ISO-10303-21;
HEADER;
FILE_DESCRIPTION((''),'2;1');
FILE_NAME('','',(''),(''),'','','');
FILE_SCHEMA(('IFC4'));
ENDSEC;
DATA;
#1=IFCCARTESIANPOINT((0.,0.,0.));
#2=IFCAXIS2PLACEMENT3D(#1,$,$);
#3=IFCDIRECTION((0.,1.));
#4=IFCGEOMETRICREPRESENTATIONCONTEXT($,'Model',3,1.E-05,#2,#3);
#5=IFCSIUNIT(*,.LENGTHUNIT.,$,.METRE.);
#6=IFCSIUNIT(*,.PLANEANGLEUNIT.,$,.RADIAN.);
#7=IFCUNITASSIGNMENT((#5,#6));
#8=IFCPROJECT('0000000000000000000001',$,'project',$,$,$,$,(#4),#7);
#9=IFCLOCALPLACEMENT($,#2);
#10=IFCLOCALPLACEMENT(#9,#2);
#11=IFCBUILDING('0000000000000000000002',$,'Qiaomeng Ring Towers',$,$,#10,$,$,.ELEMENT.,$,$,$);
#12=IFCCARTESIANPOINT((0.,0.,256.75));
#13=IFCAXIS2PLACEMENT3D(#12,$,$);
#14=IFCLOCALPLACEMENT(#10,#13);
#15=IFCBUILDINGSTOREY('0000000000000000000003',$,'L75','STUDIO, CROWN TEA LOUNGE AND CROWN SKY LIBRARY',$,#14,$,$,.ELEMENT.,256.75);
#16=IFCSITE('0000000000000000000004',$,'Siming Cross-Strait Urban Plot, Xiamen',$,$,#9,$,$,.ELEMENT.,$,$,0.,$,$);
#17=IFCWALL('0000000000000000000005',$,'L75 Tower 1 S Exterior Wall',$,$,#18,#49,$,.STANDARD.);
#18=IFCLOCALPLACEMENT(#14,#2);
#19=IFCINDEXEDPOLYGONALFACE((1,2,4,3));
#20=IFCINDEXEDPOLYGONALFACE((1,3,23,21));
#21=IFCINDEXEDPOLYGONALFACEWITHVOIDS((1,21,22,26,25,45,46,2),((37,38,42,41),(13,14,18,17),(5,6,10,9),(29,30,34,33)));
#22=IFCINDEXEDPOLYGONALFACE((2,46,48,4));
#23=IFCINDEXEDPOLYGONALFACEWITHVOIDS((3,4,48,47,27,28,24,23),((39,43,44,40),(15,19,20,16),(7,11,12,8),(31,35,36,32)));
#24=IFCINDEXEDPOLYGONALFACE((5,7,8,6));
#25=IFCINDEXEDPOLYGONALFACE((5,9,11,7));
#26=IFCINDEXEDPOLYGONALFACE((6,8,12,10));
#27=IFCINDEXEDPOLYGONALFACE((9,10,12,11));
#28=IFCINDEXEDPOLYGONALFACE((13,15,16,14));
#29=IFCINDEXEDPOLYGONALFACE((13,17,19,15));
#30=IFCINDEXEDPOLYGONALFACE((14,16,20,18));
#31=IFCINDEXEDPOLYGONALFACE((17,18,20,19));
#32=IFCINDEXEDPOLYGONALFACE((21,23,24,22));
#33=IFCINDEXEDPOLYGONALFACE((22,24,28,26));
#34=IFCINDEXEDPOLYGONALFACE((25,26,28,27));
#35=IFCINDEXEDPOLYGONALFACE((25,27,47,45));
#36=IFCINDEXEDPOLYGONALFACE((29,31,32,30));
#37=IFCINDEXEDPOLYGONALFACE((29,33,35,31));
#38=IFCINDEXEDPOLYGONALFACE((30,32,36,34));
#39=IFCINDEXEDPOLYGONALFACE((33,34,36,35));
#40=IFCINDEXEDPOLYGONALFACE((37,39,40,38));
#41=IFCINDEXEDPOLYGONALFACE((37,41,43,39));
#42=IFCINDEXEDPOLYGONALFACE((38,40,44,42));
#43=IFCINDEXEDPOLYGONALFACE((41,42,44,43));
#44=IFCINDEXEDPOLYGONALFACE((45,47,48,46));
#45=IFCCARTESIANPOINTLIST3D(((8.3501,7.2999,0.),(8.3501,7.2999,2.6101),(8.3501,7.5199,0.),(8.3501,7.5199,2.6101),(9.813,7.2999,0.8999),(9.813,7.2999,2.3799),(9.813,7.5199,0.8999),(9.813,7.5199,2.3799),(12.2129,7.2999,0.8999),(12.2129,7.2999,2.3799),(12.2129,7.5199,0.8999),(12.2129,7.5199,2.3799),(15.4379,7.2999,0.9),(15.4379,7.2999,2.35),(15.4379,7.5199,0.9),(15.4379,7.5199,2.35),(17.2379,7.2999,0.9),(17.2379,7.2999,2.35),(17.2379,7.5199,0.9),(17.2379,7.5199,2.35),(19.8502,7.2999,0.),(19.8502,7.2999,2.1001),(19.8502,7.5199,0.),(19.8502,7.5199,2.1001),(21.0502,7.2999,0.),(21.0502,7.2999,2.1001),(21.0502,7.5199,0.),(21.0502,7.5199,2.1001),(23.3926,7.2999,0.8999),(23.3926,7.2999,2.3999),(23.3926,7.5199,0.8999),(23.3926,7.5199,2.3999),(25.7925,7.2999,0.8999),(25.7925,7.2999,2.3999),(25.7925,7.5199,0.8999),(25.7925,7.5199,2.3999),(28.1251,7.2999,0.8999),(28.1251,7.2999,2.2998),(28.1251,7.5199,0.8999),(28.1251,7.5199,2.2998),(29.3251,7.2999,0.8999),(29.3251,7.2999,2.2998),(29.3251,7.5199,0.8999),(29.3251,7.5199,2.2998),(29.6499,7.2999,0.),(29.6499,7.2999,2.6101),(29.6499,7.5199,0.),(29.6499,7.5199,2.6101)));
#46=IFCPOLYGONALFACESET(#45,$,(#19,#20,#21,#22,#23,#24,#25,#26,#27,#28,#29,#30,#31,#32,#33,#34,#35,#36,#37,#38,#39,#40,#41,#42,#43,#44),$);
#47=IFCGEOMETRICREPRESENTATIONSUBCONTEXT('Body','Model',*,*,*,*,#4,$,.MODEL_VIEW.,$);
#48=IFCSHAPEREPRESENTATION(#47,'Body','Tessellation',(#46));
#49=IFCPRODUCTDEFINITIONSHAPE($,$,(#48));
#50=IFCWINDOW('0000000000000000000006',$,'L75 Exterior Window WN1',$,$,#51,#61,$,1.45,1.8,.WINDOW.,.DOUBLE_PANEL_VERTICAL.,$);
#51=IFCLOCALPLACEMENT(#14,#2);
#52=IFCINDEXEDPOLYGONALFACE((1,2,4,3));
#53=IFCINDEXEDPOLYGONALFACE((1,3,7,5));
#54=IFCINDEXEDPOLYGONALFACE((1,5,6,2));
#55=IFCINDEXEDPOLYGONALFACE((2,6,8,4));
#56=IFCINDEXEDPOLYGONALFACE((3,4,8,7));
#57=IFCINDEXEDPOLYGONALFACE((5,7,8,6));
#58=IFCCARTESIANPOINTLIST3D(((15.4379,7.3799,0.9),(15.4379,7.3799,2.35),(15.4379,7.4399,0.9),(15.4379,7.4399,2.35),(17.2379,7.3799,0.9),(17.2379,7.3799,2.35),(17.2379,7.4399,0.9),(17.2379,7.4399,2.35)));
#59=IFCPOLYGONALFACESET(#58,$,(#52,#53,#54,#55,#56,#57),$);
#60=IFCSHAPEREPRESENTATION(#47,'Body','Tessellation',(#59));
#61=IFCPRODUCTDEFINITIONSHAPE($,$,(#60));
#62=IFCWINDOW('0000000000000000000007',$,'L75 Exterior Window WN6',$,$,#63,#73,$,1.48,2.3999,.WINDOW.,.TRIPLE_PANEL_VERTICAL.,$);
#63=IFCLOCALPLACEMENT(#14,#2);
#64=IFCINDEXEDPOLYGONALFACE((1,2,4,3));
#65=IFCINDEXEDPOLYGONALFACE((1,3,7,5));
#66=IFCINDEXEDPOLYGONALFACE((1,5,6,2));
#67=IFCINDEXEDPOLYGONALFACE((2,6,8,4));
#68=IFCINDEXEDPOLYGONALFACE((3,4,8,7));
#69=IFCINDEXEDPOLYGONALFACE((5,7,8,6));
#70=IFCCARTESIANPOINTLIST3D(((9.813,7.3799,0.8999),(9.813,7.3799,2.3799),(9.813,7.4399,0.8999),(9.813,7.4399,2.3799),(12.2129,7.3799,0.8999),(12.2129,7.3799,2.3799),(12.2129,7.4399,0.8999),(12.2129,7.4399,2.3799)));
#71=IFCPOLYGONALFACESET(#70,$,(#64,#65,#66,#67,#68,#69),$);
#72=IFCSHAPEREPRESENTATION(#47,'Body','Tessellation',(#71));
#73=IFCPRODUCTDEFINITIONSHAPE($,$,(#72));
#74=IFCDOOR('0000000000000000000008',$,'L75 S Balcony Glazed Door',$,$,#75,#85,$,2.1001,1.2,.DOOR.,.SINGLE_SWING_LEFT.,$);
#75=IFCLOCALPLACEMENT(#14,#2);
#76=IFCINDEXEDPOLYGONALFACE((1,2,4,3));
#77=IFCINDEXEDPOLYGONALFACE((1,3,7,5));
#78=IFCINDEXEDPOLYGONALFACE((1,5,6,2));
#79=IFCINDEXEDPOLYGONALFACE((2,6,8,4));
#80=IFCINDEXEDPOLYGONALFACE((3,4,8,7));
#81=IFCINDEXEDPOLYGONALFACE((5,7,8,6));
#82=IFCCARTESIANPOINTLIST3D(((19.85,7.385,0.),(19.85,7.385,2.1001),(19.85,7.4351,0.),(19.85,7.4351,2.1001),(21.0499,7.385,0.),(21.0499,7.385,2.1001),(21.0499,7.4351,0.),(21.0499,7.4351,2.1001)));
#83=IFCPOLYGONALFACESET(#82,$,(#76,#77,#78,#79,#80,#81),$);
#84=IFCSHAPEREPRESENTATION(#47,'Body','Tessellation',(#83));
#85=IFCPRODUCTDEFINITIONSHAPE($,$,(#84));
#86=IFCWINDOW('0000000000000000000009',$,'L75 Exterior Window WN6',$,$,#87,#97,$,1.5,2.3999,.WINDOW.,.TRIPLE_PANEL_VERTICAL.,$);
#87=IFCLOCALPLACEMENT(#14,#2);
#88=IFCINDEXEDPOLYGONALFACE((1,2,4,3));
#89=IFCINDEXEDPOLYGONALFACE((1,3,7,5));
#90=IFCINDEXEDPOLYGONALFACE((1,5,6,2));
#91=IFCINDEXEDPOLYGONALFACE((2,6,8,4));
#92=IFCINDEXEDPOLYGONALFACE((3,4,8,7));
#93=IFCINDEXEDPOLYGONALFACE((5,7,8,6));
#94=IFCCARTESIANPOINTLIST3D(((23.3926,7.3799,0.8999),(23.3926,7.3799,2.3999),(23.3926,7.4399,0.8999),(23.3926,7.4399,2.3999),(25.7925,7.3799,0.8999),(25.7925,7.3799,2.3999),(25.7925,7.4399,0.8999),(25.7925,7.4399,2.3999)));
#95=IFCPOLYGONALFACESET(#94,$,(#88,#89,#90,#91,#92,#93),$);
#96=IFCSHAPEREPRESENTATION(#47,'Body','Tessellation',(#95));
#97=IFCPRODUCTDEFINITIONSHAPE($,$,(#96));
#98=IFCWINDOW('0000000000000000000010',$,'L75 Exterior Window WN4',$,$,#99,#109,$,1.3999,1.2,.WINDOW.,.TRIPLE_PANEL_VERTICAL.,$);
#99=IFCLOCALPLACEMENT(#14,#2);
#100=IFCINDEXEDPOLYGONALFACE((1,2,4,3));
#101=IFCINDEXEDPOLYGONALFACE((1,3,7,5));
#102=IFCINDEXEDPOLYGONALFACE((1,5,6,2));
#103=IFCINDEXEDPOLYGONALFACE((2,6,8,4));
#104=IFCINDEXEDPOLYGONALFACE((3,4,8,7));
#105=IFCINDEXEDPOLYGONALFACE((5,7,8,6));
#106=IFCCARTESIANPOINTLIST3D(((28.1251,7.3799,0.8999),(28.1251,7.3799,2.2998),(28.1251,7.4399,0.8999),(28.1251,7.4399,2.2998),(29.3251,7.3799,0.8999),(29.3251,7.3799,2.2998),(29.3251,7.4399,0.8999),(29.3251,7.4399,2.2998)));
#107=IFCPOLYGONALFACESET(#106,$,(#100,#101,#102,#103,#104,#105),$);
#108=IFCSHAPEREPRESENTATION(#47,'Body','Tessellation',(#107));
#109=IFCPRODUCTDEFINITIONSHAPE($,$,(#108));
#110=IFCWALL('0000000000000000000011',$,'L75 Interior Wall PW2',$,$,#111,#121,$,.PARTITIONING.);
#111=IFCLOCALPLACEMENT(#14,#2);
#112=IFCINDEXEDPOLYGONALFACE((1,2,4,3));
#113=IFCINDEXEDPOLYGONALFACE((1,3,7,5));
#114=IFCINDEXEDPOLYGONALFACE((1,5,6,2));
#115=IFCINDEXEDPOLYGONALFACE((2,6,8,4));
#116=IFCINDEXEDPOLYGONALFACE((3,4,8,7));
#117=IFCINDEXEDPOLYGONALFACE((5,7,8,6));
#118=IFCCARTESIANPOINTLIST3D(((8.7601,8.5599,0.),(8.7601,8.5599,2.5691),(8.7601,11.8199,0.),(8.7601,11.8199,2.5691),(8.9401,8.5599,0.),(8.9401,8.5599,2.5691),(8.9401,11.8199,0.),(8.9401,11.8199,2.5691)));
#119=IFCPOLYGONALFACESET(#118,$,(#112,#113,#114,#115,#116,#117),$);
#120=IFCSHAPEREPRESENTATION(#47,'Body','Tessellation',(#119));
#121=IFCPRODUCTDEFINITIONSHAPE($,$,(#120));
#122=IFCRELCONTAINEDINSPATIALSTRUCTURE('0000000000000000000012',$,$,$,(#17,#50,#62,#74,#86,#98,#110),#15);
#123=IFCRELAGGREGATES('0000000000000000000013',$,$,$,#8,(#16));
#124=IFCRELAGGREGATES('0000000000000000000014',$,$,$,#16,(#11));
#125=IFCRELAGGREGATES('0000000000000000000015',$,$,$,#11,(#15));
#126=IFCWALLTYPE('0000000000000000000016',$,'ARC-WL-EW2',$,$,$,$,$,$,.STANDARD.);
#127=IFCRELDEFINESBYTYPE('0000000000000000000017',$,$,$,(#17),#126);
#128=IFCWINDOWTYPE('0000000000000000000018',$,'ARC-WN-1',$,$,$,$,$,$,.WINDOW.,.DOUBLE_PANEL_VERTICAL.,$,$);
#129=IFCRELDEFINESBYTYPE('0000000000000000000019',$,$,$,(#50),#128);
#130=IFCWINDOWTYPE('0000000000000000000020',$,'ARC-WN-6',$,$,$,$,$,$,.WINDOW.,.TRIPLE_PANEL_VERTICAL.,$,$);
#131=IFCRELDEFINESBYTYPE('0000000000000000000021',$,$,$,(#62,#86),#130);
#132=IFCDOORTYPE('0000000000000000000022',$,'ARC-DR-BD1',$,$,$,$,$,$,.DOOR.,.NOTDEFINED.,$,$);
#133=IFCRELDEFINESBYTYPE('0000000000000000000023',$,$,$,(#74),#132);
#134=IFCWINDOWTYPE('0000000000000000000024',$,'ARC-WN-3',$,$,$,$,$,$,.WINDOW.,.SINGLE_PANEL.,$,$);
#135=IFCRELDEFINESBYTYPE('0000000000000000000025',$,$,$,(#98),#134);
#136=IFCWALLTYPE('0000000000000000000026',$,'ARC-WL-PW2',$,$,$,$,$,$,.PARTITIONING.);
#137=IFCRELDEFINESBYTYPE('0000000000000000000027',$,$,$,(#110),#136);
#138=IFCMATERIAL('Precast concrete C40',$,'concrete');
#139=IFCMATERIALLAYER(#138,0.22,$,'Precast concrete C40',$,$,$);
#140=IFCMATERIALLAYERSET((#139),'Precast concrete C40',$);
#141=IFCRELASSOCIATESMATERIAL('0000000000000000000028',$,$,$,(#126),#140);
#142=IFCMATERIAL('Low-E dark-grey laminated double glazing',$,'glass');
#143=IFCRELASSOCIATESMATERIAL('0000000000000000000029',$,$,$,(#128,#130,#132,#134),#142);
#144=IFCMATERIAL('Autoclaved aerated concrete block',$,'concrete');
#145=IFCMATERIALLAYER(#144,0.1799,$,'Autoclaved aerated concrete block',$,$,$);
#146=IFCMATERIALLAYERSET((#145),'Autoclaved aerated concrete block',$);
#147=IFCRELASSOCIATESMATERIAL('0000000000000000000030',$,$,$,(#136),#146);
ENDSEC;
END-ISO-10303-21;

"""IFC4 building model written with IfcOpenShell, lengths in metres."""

from ifc_helpers import new_model, si_unit, direction, frame, frame_2d, origin, place, context, subcontext, project, spatial, rectangle, extrude, source, transform, mapped, material, layer, layer_set, type_object, element, fill, save


model = new_model("IFC4")

# Units and contexts
model_context = context("Model", 3, precision=1e-05, world=origin(), true_north=direction((0.0, 1.0)))
body_context = subcontext(model_context, "Body", "Model", "MODEL_VIEW")
ifc_project = project(units=[si_unit("LENGTHUNIT", "METRE"), si_unit("PLANEANGLEUNIT", "RADIAN")], contexts=[model_context])

# Site, building, storey
site_placement = place(None, origin())
site = spatial("IfcSite", under=ifc_project, at=site_placement, Name="Siming Cross-Strait Urban Plot, Xiamen", CompositionType="ELEMENT", RefElevation=0.0)
building_placement = place(site_placement, origin())
building = spatial("IfcBuilding", under=site, at=building_placement, Name="Qiaomeng Ring Towers", CompositionType="ELEMENT")
storey_placement = place(building_placement, frame((0.0, 0.0, 256.75)))
storey = spatial("IfcBuildingStorey", under=building, at=storey_placement, Name="L75", Description="STUDIO, CROWN TEA LOUNGE AND CROWN SKY LIBRARY", CompositionType="ELEMENT", Elevation=256.75)

# Shared definitions
ifc_material_1 = material(Name="Low-E dark-grey laminated double glazing", Category="glass")

# Wall, openings, windows, door
ifc_material_2 = material(Name="Precast concrete C40", Category="concrete")
ifc_layer_1 = layer(ifc_material_2, 0.22, Name="Precast concrete C40")
ifc_layer_set_1 = layer_set([ifc_layer_1], Name="Precast concrete C40")
wall_type_1 = type_object("IfcWallType", Name="ARC-WL-EW2", PredefinedType="STANDARD", material=ifc_layer_set_1)
wall_1_placement = place(storey_placement, frame((8.3501, 7.4099, 0.0), z_axis=(0.0, 0.0, 1.0), x_axis=(1.0, 0.0, 0.0)))
wall_1 = element("IfcWall", 1, at=wall_1_placement, inside=storey, type_object=wall_type_1, Name="L75 Tower 1 S Exterior Wall", PredefinedType="STANDARD", context=body_context, shape_type="SweptSolid", body=[
    extrude(rectangle(XDim=21.2998, YDim=0.22, at=frame_2d((10.6499, 0.0))), origin(), (0.0, 0.0, 1.0), 2.6101),
])
opening_1_placement = place(wall_1_placement, frame((11.5, 0.0, 0.0)))
opening_1 = element("IfcOpeningElement", 2, at=opening_1_placement, cuts=wall_1, PredefinedType="OPENING", context=body_context, shape_type="SweptSolid", body=[
    extrude(rectangle(XDim=1.2, YDim=2.1001, at=frame_2d((0.6001, 1.05))), frame((0.0, 0.1199, 0.0), z_axis=(0.0, -1.0, 0.0), x_axis=(1.0, 0.0, 0.0)), (0.0, 0.0, 1.0), 0.24),
])
opening_2_placement = place(wall_1_placement, frame((1.4629, 0.0, 0.8999)))
opening_2 = element("IfcOpeningElement", 3, at=opening_2_placement, cuts=wall_1, PredefinedType="OPENING", context=body_context, shape_type="SweptSolid", body=[
    extrude(rectangle(XDim=2.3999, YDim=1.48, at=frame_2d((1.2, 0.74))), frame((0.0, 0.1199, 0.0), z_axis=(0.0, -1.0, 0.0), x_axis=(1.0, 0.0, 0.0)), (0.0, 0.0, 1.0), 0.24),
])
opening_3_placement = place(wall_1_placement, frame((7.0879, 0.0, 0.8999)))
opening_3 = element("IfcOpeningElement", 4, at=opening_3_placement, cuts=wall_1, PredefinedType="OPENING", context=body_context, shape_type="SweptSolid", body=[
    extrude(rectangle(XDim=1.8, YDim=1.45, at=frame_2d((0.8999, 0.7251))), frame((0.0, 0.1199, 0.0), z_axis=(0.0, -1.0, 0.0), x_axis=(1.0, 0.0, 0.0)), (0.0, 0.0, 1.0), 0.24),
])
opening_4_placement = place(wall_1_placement, frame((19.7749, 0.0, 0.8999)))
opening_4 = element("IfcOpeningElement", 5, at=opening_4_placement, cuts=wall_1, PredefinedType="OPENING", context=body_context, shape_type="SweptSolid", body=[
    extrude(rectangle(XDim=1.2, YDim=1.3999, at=frame_2d((0.6001, 0.7))), frame((0.0, 0.1199, 0.0), z_axis=(0.0, -1.0, 0.0), x_axis=(1.0, 0.0, 0.0)), (0.0, 0.0, 1.0), 0.24),
])
opening_5_placement = place(wall_1_placement, frame((15.0425, 0.0, 0.8999)))
opening_5 = element("IfcOpeningElement", 6, at=opening_5_placement, cuts=wall_1, PredefinedType="OPENING", context=body_context, shape_type="SweptSolid", body=[
    extrude(rectangle(XDim=2.3999, YDim=1.5, at=frame_2d((1.2, 0.75))), frame((0.0, 0.1199, 0.0), z_axis=(0.0, -1.0, 0.0), x_axis=(1.0, 0.0, 0.0)), (0.0, 0.0, 1.0), 0.24),
])
window_type_1 = type_object("IfcWindowType", Name="ARC-WN-1", PartitioningType="DOUBLE_PANEL_VERTICAL", PredefinedType="WINDOW", material=ifc_material_1)
shared_shape_1 = source(origin(), body_context, "Body", "SweptSolid", [
    extrude(rectangle(XDim=1.8, YDim=1.45, at=frame_2d((0.8999, 0.7251))), frame((0.0, 0.03, 0.0), z_axis=(0.0, -1.0, 0.0), x_axis=(1.0, 0.0, 0.0)), (0.0, 0.0, 1.0), 0.0601),
])
window_1_placement = place(opening_3_placement, origin())
window_1 = element("IfcWindow", 7, at=window_1_placement, inside=storey, type_object=window_type_1, Name="L75 Exterior Window WN1", OverallHeight=1.45, OverallWidth=1.8, PartitioningType="DOUBLE_PANEL_VERTICAL", PredefinedType="WINDOW", context=body_context, shape_type="MappedRepresentation", body=[
    mapped(shared_shape_1, transform((0.0, 0.0, 0.0), x_axis=(1.0, 0.0, 0.0), y_axis=(0.0, 1.0, 0.0), z_axis=(0.0, 0.0, 1.0), scale=1.0)),
])
fill(opening_3, window_1)
window_type_2 = type_object("IfcWindowType", Name="ARC-WN-6", PartitioningType="TRIPLE_PANEL_VERTICAL", PredefinedType="WINDOW", material=ifc_material_1)
shared_shape_2 = source(origin(), body_context, "Body", "SweptSolid", [
    extrude(rectangle(XDim=2.3999, YDim=1.48, at=frame_2d((1.2, 0.74))), frame((0.0, 0.03, 0.0), z_axis=(0.0, -1.0, 0.0), x_axis=(1.0, 0.0, 0.0)), (0.0, 0.0, 1.0), 0.0601),
])
window_2_placement = place(opening_2_placement, origin())
window_2 = element("IfcWindow", 8, at=window_2_placement, inside=storey, type_object=window_type_2, Name="L75 Exterior Window WN6", OverallHeight=1.48, OverallWidth=2.3999, PartitioningType="TRIPLE_PANEL_VERTICAL", PredefinedType="WINDOW", context=body_context, shape_type="MappedRepresentation", body=[
    mapped(shared_shape_2, transform((0.0, 0.0, 0.0), x_axis=(1.0, 0.0, 0.0), y_axis=(0.0, 1.0, 0.0), z_axis=(0.0, 0.0, 1.0), scale=1.0)),
])
fill(opening_2, window_2)
door_type_1 = type_object("IfcDoorType", Name="ARC-DR-BD1", OperationType="NOTDEFINED", PredefinedType="DOOR", material=ifc_material_1)
shared_shape_3 = source(origin(), body_context, "Body", "SweptSolid", [
    extrude(rectangle(XDim=1.2, YDim=2.1001, at=frame_2d((0.6001, 1.05))), frame((0.0, 0.0249, 0.0), z_axis=(0.0, -1.0, 0.0), x_axis=(1.0, 0.0, 0.0)), (0.0, 0.0, 1.0), 0.05),
])
door_1_placement = place(opening_1_placement, frame((1.2, 0.0, 0.0), z_axis=(0.0, 0.0, 1.0), x_axis=(-1.0, 0.0, 0.0)))
door_1 = element("IfcDoor", 9, at=door_1_placement, inside=storey, type_object=door_type_1, Name="L75 S Balcony Glazed Door", OperationType="SINGLE_SWING_LEFT", OverallHeight=2.1001, OverallWidth=1.2, PredefinedType="DOOR", context=body_context, shape_type="MappedRepresentation", body=[
    mapped(shared_shape_3, transform((0.0, 0.0, 0.0), x_axis=(1.0, 0.0, 0.0), y_axis=(0.0, 1.0, 0.0), z_axis=(0.0, 0.0, 1.0), scale=1.0)),
])
fill(opening_1, door_1)
shared_shape_4 = source(origin(), body_context, "Body", "SweptSolid", [
    extrude(rectangle(XDim=2.3999, YDim=1.5, at=frame_2d((1.2, 0.75))), frame((0.0, 0.03, 0.0), z_axis=(0.0, -1.0, 0.0), x_axis=(1.0, 0.0, 0.0)), (0.0, 0.0, 1.0), 0.0601),
])
window_3_placement = place(opening_5_placement, origin())
window_3 = element("IfcWindow", 10, at=window_3_placement, inside=storey, type_object=window_type_2, Name="L75 Exterior Window WN6", OverallHeight=1.5, OverallWidth=2.3999, PartitioningType="TRIPLE_PANEL_VERTICAL", PredefinedType="WINDOW", context=body_context, shape_type="MappedRepresentation", body=[
    mapped(shared_shape_4, transform((0.0, 0.0, 0.0), x_axis=(1.0, 0.0, 0.0), y_axis=(0.0, 1.0, 0.0), z_axis=(0.0, 0.0, 1.0), scale=1.0)),
])
fill(opening_5, window_3)
window_type_3 = type_object("IfcWindowType", Name="ARC-WN-3", PartitioningType="SINGLE_PANEL", PredefinedType="WINDOW", material=ifc_material_1)
shared_shape_5 = source(origin(), body_context, "Body", "SweptSolid", [
    extrude(rectangle(XDim=1.2, YDim=1.3999, at=frame_2d((0.6001, 0.7))), frame((0.0, 0.03, 0.0), z_axis=(0.0, -1.0, 0.0), x_axis=(1.0, 0.0, 0.0)), (0.0, 0.0, 1.0), 0.0601),
])
window_4_placement = place(opening_4_placement, origin())
window_4 = element("IfcWindow", 11, at=window_4_placement, inside=storey, type_object=window_type_3, Name="L75 Exterior Window WN4", OverallHeight=1.3999, OverallWidth=1.2, PartitioningType="TRIPLE_PANEL_VERTICAL", PredefinedType="WINDOW", context=body_context, shape_type="MappedRepresentation", body=[
    mapped(shared_shape_5, transform((0.0, 0.0, 0.0), x_axis=(1.0, 0.0, 0.0), y_axis=(0.0, 1.0, 0.0), z_axis=(0.0, 0.0, 1.0), scale=1.0)),
])
fill(opening_4, window_4)

# Wall
ifc_material_3 = material(Name="Autoclaved aerated concrete block", Category="concrete")
ifc_layer_2 = layer(ifc_material_3, 0.1799, Name="Autoclaved aerated concrete block")
ifc_layer_set_2 = layer_set([ifc_layer_2], Name="Autoclaved aerated concrete block")
wall_type_2 = type_object("IfcWallType", Name="ARC-WL-PW2", PredefinedType="PARTITIONING", material=ifc_layer_set_2)
wall_2_placement = place(storey_placement, frame((8.8501, 8.5601, 0.0), z_axis=(0.0, 0.0, 1.0), x_axis=(0.0, 1.0, 0.0)))
element("IfcWall", 12, at=wall_2_placement, inside=storey, type_object=wall_type_2, Name="L75 Interior Wall PW2", PredefinedType="PARTITIONING", context=body_context, shape_type="SweptSolid", body=[
    extrude(rectangle(XDim=3.26, YDim=0.1799, at=frame_2d((1.6299, 0.0))), origin(), (0.0, 0.0, 1.0), 2.5691),
])

save(model, "model.ifc")
